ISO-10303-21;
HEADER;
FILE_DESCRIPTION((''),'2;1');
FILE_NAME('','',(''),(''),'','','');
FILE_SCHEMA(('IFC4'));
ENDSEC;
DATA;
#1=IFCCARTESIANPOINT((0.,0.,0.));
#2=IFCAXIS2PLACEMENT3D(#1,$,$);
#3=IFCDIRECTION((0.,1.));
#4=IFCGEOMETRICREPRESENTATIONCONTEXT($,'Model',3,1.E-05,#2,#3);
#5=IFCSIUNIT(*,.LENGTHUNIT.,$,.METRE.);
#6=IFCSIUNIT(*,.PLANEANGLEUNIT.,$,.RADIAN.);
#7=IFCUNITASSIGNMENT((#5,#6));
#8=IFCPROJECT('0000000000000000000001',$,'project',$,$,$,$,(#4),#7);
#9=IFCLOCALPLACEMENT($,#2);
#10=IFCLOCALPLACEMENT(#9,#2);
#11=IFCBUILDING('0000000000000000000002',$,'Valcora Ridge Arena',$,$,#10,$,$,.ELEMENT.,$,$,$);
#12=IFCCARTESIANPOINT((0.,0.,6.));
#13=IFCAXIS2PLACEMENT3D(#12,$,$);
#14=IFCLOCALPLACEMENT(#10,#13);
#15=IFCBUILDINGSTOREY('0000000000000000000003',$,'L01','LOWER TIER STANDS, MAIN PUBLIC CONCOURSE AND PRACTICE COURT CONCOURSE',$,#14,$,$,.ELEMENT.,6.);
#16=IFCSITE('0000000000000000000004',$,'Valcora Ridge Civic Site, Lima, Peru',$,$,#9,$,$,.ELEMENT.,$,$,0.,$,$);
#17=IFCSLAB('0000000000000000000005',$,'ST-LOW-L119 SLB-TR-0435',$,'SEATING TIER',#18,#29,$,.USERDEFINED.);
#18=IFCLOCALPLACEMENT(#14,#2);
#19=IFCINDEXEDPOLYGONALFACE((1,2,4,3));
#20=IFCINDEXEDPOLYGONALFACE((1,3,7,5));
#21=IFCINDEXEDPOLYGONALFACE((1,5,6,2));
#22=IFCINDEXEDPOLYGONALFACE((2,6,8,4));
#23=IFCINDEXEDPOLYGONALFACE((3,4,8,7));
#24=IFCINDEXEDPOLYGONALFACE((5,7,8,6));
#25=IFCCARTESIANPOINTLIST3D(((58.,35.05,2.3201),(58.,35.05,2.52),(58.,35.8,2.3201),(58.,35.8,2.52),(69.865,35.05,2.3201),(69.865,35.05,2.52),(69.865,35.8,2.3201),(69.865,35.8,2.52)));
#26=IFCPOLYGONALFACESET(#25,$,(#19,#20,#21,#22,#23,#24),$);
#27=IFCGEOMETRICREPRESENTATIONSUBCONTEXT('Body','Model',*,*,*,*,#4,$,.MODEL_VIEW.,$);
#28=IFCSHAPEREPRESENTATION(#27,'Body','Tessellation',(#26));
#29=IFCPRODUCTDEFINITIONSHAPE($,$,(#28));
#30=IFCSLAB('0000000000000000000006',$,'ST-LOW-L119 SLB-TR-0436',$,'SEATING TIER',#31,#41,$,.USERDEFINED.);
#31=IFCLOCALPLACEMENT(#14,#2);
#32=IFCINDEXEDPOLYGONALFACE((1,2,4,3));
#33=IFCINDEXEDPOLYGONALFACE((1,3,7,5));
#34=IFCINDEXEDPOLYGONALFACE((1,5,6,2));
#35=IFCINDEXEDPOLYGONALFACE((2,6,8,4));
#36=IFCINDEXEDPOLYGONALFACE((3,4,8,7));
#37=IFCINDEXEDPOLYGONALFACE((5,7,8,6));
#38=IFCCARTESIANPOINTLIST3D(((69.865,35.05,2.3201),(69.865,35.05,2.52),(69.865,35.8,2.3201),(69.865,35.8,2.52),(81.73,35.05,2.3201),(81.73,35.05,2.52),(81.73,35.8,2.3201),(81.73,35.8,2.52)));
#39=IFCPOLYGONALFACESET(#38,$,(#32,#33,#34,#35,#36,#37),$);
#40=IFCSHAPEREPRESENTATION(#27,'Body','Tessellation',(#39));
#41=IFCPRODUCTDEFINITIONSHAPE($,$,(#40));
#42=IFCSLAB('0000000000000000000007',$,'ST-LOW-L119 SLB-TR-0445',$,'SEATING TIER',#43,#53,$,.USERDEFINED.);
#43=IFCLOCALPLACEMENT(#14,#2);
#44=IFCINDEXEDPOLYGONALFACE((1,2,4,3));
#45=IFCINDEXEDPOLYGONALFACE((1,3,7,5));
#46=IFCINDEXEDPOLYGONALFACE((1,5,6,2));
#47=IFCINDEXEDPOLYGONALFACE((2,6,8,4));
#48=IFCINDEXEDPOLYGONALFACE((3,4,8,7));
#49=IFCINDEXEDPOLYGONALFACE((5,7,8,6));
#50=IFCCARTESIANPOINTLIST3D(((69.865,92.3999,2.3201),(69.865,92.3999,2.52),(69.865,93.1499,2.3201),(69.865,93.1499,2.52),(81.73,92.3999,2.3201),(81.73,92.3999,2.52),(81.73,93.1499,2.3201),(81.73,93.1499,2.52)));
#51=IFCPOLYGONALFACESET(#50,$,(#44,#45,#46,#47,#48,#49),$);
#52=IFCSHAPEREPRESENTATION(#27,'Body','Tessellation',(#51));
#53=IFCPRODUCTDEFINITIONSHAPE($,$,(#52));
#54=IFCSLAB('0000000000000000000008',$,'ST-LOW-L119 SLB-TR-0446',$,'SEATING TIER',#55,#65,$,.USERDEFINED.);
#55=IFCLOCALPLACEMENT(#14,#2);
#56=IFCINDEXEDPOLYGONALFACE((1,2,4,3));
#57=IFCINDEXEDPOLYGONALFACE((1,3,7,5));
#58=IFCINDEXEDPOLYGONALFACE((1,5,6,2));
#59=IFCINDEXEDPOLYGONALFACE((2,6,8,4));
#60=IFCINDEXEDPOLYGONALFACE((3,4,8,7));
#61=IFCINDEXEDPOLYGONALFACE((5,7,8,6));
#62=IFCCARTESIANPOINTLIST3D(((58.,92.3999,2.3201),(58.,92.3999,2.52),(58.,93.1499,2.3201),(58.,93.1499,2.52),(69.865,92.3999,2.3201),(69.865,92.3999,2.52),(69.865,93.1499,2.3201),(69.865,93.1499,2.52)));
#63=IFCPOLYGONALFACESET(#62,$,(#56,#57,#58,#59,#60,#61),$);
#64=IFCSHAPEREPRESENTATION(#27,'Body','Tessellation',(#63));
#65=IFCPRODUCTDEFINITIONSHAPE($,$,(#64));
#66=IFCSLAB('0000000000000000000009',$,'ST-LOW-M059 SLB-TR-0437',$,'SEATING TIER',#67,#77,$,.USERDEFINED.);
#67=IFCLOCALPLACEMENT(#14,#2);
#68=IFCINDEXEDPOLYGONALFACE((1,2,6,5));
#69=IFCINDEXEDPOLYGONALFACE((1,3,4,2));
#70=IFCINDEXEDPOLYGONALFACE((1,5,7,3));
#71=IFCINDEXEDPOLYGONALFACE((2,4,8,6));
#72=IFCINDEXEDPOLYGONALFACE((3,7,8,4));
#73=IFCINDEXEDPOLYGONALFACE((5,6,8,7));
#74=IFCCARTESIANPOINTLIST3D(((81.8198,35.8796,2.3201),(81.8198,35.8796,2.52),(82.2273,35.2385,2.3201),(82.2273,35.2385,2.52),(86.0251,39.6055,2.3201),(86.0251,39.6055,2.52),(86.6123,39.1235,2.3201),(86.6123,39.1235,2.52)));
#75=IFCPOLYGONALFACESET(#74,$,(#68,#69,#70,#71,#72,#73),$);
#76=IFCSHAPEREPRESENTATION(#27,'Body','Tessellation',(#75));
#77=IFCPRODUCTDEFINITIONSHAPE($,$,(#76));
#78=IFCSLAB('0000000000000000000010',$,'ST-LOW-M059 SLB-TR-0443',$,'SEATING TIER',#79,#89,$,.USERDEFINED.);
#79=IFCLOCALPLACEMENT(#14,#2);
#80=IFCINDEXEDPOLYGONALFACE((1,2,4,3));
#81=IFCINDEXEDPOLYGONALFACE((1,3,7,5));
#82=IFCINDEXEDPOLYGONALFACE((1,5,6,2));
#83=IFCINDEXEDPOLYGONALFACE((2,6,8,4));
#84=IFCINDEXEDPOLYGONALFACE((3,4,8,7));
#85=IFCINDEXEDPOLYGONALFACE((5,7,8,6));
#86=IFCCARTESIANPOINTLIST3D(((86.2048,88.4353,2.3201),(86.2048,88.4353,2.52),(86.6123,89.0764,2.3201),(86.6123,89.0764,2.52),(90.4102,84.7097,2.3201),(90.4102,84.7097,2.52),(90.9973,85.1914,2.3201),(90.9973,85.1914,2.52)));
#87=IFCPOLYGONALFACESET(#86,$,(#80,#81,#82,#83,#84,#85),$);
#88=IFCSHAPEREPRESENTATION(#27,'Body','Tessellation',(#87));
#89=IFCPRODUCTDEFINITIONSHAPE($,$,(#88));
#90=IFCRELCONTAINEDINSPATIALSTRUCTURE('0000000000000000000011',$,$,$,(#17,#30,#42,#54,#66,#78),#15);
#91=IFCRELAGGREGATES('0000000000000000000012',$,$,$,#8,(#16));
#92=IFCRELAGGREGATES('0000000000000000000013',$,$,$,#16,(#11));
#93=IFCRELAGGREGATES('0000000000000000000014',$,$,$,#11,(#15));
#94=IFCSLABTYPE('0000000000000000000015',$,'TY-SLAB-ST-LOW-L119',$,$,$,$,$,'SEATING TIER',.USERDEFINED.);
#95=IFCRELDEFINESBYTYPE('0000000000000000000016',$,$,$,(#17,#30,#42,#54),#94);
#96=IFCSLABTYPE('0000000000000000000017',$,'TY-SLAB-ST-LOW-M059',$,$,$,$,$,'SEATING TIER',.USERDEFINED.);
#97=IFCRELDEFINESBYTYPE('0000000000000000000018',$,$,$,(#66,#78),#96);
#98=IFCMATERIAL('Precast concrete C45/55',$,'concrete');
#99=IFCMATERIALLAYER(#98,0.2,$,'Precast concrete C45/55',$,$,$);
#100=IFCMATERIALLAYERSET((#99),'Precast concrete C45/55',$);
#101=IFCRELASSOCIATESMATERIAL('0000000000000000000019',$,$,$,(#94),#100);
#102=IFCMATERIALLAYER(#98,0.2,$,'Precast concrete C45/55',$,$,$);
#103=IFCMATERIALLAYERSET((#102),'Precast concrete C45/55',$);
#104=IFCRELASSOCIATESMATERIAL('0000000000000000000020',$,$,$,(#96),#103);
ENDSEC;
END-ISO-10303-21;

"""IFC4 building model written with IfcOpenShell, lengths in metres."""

from ifc_helpers import new_model, si_unit, direction, frame, origin, place, context, subcontext, project, spatial, polyline, outline, extrude, material, layer, layer_set, type_object, element, save


model = new_model("IFC4")

# Units and contexts
model_context = context("Model", 3, precision=1e-05, world=origin(), true_north=direction((0.0, 1.0)))
body_context = subcontext(model_context, "Body", "Model", "MODEL_VIEW")
ifc_project = project(units=[si_unit("LENGTHUNIT", "METRE"), si_unit("PLANEANGLEUNIT", "RADIAN")], contexts=[model_context])

# Site, building, storey
site_placement = place(None, origin())
site = spatial("IfcSite", under=ifc_project, at=site_placement, Name="Valcora Ridge Civic Site, Lima, Peru", CompositionType="ELEMENT", RefElevation=0.0)
building_placement = place(site_placement, origin())
building = spatial("IfcBuilding", under=site, at=building_placement, Name="Valcora Ridge Arena", CompositionType="ELEMENT")
storey_placement = place(building_placement, frame((0.0, 0.0, 6.0)))
storey = spatial("IfcBuildingStorey", under=building, at=storey_placement, Name="L01", Description="LOWER TIER STANDS, MAIN PUBLIC CONCOURSE AND PRACTICE COURT CONCOURSE", CompositionType="ELEMENT", Elevation=6.0)

# Slabs
ifc_material = material(Name="Precast concrete C45/55", Category="concrete")
ifc_layer_1 = layer(ifc_material, 0.2, Name="Precast concrete C45/55")
ifc_layer_set_1 = layer_set([ifc_layer_1], Name="Precast concrete C45/55")
slab_type_1 = type_object("IfcSlabType", Name="TY-SLAB-ST-LOW-L119", ElementType="SEATING TIER", PredefinedType="USERDEFINED", material=ifc_layer_set_1)
slab_1_placement = place(storey_placement, frame((0.0, 0.0, 2.3201)))
element("IfcSlab", 1, at=slab_1_placement, inside=storey, type_object=slab_type_1, Name="ST-LOW-L119 SLB-TR-0435", ObjectType="SEATING TIER", PredefinedType="USERDEFINED", context=body_context, shape_type="SweptSolid", body=[
    extrude(outline(polyline([(58.0, 35.8), (69.865, 35.8), (69.865, 35.05), (58.0, 35.05), (58.0, 35.8)])), origin(), (0.0, 0.0, 1.0), 0.2),
])
slab_2_placement = place(storey_placement, frame((0.0, 0.0, 2.3201)))
element("IfcSlab", 2, at=slab_2_placement, inside=storey, type_object=slab_type_1, Name="ST-LOW-L119 SLB-TR-0436", ObjectType="SEATING TIER", PredefinedType="USERDEFINED", context=body_context, shape_type="SweptSolid", body=[
    extrude(outline(polyline([(69.865, 35.8), (81.73, 35.8), (81.73, 35.05), (69.865, 35.05), (69.865, 35.8)])), origin(), (0.0, 0.0, 1.0), 0.2),
])
slab_3_placement = place(storey_placement, frame((0.0, 0.0, 2.3201)))
element("IfcSlab", 3, at=slab_3_placement, inside=storey, type_object=slab_type_1, Name="ST-LOW-L119 SLB-TR-0445", ObjectType="SEATING TIER", PredefinedType="USERDEFINED", context=body_context, shape_type="SweptSolid", body=[
    extrude(outline(polyline([(81.73, 92.3999), (69.865, 92.3999), (69.865, 93.1499), (81.73, 93.1499), (81.73, 92.3999)])), origin(), (0.0, 0.0, 1.0), 0.2),
])
slab_4_placement = place(storey_placement, frame((0.0, 0.0, 2.3201)))
element("IfcSlab", 4, at=slab_4_placement, inside=storey, type_object=slab_type_1, Name="ST-LOW-L119 SLB-TR-0446", ObjectType="SEATING TIER", PredefinedType="USERDEFINED", context=body_context, shape_type="SweptSolid", body=[
    extrude(outline(polyline([(69.865, 92.3999), (58.0, 92.3999), (58.0, 93.1499), (69.865, 93.1499), (69.865, 92.3999)])), origin(), (0.0, 0.0, 1.0), 0.2),
])
ifc_layer_2 = layer(ifc_material, 0.2, Name="Precast concrete C45/55")
ifc_layer_set_2 = layer_set([ifc_layer_2], Name="Precast concrete C45/55")
slab_type_2 = type_object("IfcSlabType", Name="TY-SLAB-ST-LOW-M059", ElementType="SEATING TIER", PredefinedType="USERDEFINED", material=ifc_layer_set_2)
slab_5_placement = place(storey_placement, frame((0.0, 0.0, 2.3201)))
element("IfcSlab", 5, at=slab_5_placement, inside=storey, type_object=slab_type_2, Name="ST-LOW-M059 SLB-TR-0437", ObjectType="SEATING TIER", PredefinedType="USERDEFINED", context=body_context, shape_type="SweptSolid", body=[
    extrude(outline(polyline([(81.8198, 35.8796), (86.0251, 39.6055), (86.6123, 39.1235), (82.2273, 35.2385), (81.8198, 35.8796)])), origin(), (0.0, 0.0, 1.0), 0.2),
])
slab_6_placement = place(storey_placement, frame((0.0, 0.0, 2.3201)))
element("IfcSlab", 6, at=slab_6_placement, inside=storey, type_object=slab_type_2, Name="ST-LOW-M059 SLB-TR-0443", ObjectType="SEATING TIER", PredefinedType="USERDEFINED", context=body_context, shape_type="SweptSolid", body=[
    extrude(outline(polyline([(90.4102, 84.7097), (86.2048, 88.4353), (86.6123, 89.0764), (90.9973, 85.1914), (90.4102, 84.7097)])), origin(), (0.0, 0.0, 1.0), 0.2),
])

save(model, "model.ifc")
